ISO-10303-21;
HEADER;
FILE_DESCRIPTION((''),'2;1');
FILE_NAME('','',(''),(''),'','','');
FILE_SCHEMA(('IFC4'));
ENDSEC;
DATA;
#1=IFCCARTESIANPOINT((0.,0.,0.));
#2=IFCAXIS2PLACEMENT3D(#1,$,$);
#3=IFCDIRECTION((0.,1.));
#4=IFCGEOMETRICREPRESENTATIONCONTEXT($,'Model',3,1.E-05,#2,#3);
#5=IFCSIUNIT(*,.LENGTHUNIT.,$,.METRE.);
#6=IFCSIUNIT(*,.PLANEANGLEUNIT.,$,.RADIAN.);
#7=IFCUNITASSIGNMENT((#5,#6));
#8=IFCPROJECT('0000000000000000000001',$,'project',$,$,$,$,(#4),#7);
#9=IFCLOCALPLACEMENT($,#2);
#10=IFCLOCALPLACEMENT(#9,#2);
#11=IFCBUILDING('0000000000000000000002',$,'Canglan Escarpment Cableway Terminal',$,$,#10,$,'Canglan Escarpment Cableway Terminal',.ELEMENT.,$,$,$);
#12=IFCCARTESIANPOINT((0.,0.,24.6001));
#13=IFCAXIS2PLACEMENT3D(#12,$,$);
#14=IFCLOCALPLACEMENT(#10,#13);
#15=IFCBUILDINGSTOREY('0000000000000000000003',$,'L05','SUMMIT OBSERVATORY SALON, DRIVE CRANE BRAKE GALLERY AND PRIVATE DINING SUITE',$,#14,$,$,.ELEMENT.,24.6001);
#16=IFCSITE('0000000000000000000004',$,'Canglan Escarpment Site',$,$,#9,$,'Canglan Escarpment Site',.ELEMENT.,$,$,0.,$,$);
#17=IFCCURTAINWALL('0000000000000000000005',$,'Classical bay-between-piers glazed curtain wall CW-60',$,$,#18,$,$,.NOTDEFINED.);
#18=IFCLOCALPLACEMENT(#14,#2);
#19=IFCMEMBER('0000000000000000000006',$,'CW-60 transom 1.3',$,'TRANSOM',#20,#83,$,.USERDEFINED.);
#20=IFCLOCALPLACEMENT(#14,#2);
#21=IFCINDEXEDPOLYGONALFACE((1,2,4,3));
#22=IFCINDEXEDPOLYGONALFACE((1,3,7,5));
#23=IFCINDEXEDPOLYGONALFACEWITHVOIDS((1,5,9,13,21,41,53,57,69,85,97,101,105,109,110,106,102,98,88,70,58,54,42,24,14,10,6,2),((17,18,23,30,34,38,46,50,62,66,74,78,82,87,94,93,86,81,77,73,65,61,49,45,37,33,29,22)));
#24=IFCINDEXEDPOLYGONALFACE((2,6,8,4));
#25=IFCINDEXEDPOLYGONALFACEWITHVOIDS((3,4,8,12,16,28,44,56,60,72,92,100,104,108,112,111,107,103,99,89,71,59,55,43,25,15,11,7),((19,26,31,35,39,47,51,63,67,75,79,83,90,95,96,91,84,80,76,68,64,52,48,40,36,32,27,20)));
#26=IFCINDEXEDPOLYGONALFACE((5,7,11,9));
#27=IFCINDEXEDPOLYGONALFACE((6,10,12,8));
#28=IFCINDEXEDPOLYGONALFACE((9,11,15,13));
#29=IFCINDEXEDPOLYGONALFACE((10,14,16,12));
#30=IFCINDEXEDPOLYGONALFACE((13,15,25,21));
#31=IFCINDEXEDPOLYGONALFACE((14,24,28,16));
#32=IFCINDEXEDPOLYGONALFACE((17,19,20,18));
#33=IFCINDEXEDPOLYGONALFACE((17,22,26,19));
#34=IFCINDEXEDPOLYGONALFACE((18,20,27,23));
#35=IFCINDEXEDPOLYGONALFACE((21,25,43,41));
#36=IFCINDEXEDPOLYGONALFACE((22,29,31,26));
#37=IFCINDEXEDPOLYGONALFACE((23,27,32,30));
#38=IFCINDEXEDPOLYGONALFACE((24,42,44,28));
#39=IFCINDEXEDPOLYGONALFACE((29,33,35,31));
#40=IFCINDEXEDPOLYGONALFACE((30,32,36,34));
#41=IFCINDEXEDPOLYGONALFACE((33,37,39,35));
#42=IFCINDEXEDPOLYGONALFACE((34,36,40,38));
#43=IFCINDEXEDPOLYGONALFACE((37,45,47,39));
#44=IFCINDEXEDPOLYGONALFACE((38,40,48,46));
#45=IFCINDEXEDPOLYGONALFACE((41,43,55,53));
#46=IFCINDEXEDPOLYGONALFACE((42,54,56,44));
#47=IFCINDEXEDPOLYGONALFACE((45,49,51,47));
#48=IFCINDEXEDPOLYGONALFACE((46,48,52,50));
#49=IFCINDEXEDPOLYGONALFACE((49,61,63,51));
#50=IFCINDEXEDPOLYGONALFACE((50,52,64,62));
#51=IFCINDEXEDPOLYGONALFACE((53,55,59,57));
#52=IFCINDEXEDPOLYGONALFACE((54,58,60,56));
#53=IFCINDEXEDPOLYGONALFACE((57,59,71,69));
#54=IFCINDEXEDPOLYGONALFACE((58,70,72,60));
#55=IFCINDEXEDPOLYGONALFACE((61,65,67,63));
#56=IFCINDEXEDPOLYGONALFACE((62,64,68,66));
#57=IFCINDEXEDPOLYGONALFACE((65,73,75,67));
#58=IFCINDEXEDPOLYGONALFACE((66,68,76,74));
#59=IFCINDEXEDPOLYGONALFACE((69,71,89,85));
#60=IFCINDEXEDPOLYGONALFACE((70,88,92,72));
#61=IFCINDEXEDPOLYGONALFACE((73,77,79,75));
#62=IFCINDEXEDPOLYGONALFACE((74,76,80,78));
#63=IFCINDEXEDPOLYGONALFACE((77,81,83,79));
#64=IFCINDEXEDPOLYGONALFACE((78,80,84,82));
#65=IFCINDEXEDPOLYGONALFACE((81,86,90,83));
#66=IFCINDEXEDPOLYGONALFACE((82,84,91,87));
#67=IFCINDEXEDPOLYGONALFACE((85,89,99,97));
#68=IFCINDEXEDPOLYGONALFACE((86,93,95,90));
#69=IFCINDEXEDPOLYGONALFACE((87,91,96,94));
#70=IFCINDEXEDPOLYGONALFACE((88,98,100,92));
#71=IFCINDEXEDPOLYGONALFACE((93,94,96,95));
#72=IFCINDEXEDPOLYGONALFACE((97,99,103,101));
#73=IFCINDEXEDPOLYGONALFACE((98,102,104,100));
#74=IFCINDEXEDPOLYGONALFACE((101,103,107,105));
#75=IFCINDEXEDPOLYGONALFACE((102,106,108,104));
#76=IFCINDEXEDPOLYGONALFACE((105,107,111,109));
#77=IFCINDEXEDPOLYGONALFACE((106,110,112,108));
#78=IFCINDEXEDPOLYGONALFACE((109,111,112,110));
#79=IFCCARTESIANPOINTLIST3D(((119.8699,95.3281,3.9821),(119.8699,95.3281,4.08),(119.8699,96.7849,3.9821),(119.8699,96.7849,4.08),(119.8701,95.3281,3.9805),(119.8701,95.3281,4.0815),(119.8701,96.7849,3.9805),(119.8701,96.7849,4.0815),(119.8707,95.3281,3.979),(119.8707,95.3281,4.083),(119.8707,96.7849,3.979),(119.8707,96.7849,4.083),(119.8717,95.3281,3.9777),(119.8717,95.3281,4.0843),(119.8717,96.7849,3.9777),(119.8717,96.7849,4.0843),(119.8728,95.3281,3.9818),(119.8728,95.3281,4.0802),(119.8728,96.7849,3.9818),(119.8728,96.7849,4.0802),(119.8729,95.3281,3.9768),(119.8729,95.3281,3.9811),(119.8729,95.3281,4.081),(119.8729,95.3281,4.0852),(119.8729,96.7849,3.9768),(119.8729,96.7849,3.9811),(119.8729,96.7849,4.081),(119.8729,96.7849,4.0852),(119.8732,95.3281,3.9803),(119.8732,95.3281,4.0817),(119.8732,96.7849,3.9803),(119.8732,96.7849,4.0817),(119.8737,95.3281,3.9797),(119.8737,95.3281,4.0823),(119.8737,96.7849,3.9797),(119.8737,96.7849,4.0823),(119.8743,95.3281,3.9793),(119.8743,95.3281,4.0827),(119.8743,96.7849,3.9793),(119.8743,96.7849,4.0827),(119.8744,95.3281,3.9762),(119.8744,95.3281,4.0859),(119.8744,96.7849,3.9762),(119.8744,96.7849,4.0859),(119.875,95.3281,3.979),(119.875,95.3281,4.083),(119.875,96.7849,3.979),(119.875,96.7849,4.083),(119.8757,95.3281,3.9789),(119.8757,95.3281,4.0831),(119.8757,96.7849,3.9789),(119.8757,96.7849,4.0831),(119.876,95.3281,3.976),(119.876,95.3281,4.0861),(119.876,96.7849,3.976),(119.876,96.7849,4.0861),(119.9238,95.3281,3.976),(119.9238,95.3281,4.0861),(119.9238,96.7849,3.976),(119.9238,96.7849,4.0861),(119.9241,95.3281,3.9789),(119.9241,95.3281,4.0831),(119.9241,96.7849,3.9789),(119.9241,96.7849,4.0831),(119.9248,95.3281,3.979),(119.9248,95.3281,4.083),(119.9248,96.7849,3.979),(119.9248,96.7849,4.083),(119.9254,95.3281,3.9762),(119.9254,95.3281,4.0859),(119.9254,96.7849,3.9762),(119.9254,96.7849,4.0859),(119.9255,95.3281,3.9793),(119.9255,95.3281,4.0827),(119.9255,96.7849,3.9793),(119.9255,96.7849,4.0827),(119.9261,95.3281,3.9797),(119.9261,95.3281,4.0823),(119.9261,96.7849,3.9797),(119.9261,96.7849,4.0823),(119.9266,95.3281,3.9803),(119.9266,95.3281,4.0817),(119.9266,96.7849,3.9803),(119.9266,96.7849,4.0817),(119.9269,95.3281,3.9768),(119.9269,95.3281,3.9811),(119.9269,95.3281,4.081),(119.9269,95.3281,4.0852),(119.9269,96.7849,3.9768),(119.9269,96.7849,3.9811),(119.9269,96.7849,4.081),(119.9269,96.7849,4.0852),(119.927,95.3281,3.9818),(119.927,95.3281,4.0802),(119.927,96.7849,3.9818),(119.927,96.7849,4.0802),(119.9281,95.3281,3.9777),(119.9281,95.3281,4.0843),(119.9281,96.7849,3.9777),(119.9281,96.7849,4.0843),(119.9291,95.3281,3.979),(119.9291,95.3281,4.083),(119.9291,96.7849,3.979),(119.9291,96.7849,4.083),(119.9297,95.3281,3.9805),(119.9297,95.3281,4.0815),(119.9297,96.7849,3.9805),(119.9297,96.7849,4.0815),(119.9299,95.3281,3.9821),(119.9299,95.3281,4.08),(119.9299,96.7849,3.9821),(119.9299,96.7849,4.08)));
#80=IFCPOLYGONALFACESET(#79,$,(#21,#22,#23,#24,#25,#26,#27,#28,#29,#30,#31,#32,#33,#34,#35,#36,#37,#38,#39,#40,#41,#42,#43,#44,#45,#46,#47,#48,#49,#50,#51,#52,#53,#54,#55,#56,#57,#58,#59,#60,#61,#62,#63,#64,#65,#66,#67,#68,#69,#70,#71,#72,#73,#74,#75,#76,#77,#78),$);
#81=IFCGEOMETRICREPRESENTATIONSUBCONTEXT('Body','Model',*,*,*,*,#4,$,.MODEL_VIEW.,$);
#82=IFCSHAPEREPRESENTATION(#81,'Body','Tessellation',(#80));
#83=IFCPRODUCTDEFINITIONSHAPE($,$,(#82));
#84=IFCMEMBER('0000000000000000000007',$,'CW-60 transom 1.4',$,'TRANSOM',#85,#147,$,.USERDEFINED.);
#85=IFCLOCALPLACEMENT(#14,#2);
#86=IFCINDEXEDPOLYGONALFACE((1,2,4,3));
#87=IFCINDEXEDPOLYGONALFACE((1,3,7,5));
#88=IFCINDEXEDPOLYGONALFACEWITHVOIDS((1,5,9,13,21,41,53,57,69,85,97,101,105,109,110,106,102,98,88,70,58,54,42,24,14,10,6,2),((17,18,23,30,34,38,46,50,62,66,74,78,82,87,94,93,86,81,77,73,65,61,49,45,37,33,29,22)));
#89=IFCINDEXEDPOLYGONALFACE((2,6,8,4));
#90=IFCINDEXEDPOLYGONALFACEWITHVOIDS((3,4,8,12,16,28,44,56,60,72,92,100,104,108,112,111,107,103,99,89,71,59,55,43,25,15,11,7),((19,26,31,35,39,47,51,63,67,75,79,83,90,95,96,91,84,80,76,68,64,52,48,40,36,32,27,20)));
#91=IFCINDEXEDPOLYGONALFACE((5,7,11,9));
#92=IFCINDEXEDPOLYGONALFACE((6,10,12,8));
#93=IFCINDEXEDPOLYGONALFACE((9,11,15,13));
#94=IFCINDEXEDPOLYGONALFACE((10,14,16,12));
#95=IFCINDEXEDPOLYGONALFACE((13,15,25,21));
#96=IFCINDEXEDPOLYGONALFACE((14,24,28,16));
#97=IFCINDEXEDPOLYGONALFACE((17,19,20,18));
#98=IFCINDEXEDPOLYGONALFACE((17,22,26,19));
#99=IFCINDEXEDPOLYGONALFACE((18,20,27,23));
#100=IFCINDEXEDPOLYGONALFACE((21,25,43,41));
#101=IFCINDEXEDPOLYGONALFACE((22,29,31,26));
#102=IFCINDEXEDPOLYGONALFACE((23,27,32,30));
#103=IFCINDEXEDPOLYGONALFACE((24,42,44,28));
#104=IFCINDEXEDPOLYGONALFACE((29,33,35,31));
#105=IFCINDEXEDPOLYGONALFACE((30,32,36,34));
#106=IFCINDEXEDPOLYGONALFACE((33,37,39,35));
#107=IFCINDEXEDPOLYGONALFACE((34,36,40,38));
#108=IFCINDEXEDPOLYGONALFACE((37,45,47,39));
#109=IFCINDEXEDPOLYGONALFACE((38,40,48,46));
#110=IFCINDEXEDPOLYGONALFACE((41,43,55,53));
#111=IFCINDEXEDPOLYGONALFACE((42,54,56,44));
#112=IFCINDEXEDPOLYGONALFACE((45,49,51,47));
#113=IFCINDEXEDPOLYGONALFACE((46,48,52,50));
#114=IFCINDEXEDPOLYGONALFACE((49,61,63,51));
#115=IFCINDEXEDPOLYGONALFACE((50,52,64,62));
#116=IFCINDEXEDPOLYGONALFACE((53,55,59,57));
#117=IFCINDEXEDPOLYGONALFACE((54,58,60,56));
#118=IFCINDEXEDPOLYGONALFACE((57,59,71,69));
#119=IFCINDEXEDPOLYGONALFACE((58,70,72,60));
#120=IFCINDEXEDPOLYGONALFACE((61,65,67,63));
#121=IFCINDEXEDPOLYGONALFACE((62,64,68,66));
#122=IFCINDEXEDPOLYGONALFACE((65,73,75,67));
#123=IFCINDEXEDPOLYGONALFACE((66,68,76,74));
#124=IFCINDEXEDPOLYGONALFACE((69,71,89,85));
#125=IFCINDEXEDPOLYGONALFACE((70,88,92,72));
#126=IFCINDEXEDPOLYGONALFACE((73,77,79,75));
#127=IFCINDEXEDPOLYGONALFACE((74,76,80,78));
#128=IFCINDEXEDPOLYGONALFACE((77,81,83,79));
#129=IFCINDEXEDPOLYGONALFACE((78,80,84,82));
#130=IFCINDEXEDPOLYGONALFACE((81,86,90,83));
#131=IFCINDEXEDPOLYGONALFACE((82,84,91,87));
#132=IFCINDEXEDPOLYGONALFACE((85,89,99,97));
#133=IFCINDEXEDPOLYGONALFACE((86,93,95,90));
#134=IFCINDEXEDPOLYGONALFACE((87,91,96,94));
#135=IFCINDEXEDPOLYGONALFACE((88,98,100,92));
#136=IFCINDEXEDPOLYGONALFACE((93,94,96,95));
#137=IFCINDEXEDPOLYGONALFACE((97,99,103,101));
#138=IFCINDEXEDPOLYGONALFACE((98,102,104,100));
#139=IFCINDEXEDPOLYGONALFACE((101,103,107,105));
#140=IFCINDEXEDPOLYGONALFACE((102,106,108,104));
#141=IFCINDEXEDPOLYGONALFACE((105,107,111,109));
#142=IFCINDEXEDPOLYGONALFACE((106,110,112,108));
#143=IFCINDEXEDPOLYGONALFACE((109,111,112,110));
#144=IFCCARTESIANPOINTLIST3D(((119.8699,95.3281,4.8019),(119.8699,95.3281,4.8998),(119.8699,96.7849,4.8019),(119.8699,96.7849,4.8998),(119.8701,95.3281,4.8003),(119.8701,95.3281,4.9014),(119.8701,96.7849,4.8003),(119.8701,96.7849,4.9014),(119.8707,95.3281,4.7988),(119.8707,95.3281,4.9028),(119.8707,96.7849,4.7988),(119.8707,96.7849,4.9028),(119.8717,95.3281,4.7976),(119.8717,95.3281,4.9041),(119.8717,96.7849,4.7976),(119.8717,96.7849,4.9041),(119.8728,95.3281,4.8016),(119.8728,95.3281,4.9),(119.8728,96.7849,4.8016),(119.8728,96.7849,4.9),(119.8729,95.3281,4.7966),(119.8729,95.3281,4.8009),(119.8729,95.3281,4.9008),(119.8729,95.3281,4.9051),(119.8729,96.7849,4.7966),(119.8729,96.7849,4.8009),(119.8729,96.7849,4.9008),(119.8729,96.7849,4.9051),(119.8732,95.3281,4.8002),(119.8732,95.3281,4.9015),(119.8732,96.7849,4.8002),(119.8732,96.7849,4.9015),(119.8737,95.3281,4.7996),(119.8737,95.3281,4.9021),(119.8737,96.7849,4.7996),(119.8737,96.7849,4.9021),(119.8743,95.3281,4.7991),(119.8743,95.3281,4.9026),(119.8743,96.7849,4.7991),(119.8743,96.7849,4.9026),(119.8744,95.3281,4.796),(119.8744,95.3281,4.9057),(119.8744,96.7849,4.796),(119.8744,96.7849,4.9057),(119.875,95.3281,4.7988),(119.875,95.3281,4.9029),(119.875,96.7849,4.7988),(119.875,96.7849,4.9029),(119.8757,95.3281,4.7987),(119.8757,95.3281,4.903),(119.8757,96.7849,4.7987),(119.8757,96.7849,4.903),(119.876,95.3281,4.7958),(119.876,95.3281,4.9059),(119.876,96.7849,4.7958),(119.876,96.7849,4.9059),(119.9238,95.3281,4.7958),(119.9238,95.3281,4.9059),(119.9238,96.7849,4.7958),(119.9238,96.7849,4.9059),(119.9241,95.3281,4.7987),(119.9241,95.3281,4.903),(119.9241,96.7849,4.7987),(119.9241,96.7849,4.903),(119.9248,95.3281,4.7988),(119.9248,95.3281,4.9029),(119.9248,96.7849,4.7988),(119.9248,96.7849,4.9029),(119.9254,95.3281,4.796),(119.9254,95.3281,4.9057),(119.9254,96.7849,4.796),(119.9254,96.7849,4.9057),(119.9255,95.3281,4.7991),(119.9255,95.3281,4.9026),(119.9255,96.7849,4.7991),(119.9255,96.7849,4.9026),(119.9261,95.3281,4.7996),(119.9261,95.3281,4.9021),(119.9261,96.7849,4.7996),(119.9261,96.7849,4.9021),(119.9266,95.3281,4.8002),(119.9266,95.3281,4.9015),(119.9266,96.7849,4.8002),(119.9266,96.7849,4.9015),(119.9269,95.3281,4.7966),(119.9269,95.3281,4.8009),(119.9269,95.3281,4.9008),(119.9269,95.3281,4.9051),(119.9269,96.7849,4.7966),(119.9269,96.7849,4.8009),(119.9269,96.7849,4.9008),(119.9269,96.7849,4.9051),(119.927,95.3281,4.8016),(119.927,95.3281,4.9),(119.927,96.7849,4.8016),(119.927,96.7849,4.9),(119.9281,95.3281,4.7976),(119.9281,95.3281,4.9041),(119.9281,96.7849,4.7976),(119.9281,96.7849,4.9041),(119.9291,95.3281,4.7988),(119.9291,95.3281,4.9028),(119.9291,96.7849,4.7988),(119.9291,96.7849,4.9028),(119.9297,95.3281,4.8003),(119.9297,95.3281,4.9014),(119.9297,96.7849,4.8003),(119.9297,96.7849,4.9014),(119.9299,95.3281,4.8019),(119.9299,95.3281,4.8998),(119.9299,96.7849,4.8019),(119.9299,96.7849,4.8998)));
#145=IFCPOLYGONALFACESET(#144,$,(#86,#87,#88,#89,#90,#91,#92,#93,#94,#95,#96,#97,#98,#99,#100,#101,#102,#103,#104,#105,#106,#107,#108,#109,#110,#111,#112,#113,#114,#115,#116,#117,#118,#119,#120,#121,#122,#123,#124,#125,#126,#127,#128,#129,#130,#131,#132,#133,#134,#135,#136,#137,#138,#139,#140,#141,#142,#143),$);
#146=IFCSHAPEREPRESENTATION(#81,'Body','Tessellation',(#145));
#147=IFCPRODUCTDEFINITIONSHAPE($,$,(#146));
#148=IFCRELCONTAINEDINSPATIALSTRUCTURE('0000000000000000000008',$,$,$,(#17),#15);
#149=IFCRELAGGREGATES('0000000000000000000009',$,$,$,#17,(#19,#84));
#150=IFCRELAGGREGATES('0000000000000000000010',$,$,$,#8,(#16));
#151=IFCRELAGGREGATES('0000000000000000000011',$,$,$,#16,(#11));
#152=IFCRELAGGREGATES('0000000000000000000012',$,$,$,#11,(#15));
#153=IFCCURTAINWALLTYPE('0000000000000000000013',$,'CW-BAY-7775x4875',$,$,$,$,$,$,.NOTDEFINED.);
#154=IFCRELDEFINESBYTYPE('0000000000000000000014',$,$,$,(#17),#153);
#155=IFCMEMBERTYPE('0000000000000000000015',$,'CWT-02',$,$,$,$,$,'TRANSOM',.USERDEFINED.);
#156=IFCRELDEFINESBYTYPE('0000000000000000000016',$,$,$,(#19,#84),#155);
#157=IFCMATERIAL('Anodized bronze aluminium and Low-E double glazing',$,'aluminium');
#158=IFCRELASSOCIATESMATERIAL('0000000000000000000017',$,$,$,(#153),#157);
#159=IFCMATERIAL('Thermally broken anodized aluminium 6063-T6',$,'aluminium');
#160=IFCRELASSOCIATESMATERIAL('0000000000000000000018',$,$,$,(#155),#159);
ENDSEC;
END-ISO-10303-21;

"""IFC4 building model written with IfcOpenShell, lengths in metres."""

from ifc_helpers import new_model, si_unit, direction, frame, origin, origin_2d, place, context, subcontext, project, spatial, hollow_rectangle, extrude, material, material_profile, profile_set, type_object, element, aggregate, save


model = new_model("IFC4")

# Units and contexts
model_context = context("Model", 3, precision=1e-05, world=origin(), true_north=direction((0.0, 1.0)))
body_context = subcontext(model_context, "Body", "Model", "MODEL_VIEW")
ifc_project = project(units=[si_unit("LENGTHUNIT", "METRE"), si_unit("PLANEANGLEUNIT", "RADIAN")], contexts=[model_context])

# Site, building, storey
site_placement = place(None, origin())
site = spatial("IfcSite", under=ifc_project, at=site_placement, Name="Canglan Escarpment Site", LongName="Canglan Escarpment Site", CompositionType="ELEMENT", RefElevation=0.0)
building_placement = place(site_placement, origin())
building = spatial("IfcBuilding", under=site, at=building_placement, Name="Canglan Escarpment Cableway Terminal", LongName="Canglan Escarpment Cableway Terminal", CompositionType="ELEMENT")
storey_placement = place(building_placement, frame((0.0, 0.0, 24.6001)))
storey = spatial("IfcBuildingStorey", under=building, at=storey_placement, Name="L05", Description="SUMMIT OBSERVATORY SALON, DRIVE CRANE BRAKE GALLERY AND PRIVATE DINING SUITE", CompositionType="ELEMENT", Elevation=24.6001)

# Shared definitions
ifc_material_1 = material(Name="Anodized bronze aluminium and Low-E double glazing", Category="aluminium")
ifc_material_2 = material(Name="Thermally broken anodized aluminium 6063-T6", Category="aluminium")

# Curtain wall, members
curtain_wall_type_1 = type_object("IfcCurtainWallType", Name="CW-BAY-7775x4875", PredefinedType="NOTDEFINED", material=ifc_material_1)
curtain_wall_1_placement = place(storey_placement, origin())
curtain_wall_1 = element("IfcCurtainWall", 1, at=curtain_wall_1_placement, inside=storey, type_object=curtain_wall_type_1, Name="Classical bay-between-piers glazed curtain wall CW-60", PredefinedType="NOTDEFINED")
ifc_material_profile_1 = material_profile(ifc_material_2, hollow_rectangle(XDim=0.0601, YDim=0.1101, WallThickness=0.0029, InnerFilletRadius=0.0029, OuterFilletRadius=0.0061, at=origin_2d()), Name="ALU-TRAN 60x110x3")
ifc_profile_set_1 = profile_set([ifc_material_profile_1], Name="Thermally broken anodized aluminium 6063-T6")
member_type_1 = type_object("IfcMemberType", Name="CWT-02", ElementType="TRANSOM", PredefinedType="USERDEFINED", material=ifc_profile_set_1)
member_1_placement = place(storey_placement, frame((119.8999, 96.7849, 4.031), z_axis=(0.0, -1.0, 0.0), x_axis=(1.0, 0.0, 0.0)))
member_1 = element("IfcMember", 2, at=member_1_placement, type_object=member_type_1, Name="CW-60 transom 1.3", ObjectType="TRANSOM", PredefinedType="USERDEFINED", context=body_context, shape_type="SweptSolid", body=[
    extrude(hollow_rectangle(XDim=0.0601, YDim=0.1101, WallThickness=0.0029, InnerFilletRadius=0.0029, OuterFilletRadius=0.0061, at=origin_2d()), origin(), (0.0, 0.0, 1.0), 1.4568),
])
member_2_placement = place(storey_placement, frame((119.8999, 96.7849, 4.8508), z_axis=(0.0, -1.0, 0.0), x_axis=(1.0, 0.0, 0.0)))
member_2 = element("IfcMember", 3, at=member_2_placement, type_object=member_type_1, Name="CW-60 transom 1.4", ObjectType="TRANSOM", PredefinedType="USERDEFINED", context=body_context, shape_type="SweptSolid", body=[
    extrude(hollow_rectangle(XDim=0.0601, YDim=0.1101, WallThickness=0.0029, InnerFilletRadius=0.0029, OuterFilletRadius=0.0061, at=origin_2d()), origin(), (0.0, 0.0, 1.0), 1.4568),
])
aggregate(curtain_wall_1, [member_1, member_2])

save(model, "model.ifc")
